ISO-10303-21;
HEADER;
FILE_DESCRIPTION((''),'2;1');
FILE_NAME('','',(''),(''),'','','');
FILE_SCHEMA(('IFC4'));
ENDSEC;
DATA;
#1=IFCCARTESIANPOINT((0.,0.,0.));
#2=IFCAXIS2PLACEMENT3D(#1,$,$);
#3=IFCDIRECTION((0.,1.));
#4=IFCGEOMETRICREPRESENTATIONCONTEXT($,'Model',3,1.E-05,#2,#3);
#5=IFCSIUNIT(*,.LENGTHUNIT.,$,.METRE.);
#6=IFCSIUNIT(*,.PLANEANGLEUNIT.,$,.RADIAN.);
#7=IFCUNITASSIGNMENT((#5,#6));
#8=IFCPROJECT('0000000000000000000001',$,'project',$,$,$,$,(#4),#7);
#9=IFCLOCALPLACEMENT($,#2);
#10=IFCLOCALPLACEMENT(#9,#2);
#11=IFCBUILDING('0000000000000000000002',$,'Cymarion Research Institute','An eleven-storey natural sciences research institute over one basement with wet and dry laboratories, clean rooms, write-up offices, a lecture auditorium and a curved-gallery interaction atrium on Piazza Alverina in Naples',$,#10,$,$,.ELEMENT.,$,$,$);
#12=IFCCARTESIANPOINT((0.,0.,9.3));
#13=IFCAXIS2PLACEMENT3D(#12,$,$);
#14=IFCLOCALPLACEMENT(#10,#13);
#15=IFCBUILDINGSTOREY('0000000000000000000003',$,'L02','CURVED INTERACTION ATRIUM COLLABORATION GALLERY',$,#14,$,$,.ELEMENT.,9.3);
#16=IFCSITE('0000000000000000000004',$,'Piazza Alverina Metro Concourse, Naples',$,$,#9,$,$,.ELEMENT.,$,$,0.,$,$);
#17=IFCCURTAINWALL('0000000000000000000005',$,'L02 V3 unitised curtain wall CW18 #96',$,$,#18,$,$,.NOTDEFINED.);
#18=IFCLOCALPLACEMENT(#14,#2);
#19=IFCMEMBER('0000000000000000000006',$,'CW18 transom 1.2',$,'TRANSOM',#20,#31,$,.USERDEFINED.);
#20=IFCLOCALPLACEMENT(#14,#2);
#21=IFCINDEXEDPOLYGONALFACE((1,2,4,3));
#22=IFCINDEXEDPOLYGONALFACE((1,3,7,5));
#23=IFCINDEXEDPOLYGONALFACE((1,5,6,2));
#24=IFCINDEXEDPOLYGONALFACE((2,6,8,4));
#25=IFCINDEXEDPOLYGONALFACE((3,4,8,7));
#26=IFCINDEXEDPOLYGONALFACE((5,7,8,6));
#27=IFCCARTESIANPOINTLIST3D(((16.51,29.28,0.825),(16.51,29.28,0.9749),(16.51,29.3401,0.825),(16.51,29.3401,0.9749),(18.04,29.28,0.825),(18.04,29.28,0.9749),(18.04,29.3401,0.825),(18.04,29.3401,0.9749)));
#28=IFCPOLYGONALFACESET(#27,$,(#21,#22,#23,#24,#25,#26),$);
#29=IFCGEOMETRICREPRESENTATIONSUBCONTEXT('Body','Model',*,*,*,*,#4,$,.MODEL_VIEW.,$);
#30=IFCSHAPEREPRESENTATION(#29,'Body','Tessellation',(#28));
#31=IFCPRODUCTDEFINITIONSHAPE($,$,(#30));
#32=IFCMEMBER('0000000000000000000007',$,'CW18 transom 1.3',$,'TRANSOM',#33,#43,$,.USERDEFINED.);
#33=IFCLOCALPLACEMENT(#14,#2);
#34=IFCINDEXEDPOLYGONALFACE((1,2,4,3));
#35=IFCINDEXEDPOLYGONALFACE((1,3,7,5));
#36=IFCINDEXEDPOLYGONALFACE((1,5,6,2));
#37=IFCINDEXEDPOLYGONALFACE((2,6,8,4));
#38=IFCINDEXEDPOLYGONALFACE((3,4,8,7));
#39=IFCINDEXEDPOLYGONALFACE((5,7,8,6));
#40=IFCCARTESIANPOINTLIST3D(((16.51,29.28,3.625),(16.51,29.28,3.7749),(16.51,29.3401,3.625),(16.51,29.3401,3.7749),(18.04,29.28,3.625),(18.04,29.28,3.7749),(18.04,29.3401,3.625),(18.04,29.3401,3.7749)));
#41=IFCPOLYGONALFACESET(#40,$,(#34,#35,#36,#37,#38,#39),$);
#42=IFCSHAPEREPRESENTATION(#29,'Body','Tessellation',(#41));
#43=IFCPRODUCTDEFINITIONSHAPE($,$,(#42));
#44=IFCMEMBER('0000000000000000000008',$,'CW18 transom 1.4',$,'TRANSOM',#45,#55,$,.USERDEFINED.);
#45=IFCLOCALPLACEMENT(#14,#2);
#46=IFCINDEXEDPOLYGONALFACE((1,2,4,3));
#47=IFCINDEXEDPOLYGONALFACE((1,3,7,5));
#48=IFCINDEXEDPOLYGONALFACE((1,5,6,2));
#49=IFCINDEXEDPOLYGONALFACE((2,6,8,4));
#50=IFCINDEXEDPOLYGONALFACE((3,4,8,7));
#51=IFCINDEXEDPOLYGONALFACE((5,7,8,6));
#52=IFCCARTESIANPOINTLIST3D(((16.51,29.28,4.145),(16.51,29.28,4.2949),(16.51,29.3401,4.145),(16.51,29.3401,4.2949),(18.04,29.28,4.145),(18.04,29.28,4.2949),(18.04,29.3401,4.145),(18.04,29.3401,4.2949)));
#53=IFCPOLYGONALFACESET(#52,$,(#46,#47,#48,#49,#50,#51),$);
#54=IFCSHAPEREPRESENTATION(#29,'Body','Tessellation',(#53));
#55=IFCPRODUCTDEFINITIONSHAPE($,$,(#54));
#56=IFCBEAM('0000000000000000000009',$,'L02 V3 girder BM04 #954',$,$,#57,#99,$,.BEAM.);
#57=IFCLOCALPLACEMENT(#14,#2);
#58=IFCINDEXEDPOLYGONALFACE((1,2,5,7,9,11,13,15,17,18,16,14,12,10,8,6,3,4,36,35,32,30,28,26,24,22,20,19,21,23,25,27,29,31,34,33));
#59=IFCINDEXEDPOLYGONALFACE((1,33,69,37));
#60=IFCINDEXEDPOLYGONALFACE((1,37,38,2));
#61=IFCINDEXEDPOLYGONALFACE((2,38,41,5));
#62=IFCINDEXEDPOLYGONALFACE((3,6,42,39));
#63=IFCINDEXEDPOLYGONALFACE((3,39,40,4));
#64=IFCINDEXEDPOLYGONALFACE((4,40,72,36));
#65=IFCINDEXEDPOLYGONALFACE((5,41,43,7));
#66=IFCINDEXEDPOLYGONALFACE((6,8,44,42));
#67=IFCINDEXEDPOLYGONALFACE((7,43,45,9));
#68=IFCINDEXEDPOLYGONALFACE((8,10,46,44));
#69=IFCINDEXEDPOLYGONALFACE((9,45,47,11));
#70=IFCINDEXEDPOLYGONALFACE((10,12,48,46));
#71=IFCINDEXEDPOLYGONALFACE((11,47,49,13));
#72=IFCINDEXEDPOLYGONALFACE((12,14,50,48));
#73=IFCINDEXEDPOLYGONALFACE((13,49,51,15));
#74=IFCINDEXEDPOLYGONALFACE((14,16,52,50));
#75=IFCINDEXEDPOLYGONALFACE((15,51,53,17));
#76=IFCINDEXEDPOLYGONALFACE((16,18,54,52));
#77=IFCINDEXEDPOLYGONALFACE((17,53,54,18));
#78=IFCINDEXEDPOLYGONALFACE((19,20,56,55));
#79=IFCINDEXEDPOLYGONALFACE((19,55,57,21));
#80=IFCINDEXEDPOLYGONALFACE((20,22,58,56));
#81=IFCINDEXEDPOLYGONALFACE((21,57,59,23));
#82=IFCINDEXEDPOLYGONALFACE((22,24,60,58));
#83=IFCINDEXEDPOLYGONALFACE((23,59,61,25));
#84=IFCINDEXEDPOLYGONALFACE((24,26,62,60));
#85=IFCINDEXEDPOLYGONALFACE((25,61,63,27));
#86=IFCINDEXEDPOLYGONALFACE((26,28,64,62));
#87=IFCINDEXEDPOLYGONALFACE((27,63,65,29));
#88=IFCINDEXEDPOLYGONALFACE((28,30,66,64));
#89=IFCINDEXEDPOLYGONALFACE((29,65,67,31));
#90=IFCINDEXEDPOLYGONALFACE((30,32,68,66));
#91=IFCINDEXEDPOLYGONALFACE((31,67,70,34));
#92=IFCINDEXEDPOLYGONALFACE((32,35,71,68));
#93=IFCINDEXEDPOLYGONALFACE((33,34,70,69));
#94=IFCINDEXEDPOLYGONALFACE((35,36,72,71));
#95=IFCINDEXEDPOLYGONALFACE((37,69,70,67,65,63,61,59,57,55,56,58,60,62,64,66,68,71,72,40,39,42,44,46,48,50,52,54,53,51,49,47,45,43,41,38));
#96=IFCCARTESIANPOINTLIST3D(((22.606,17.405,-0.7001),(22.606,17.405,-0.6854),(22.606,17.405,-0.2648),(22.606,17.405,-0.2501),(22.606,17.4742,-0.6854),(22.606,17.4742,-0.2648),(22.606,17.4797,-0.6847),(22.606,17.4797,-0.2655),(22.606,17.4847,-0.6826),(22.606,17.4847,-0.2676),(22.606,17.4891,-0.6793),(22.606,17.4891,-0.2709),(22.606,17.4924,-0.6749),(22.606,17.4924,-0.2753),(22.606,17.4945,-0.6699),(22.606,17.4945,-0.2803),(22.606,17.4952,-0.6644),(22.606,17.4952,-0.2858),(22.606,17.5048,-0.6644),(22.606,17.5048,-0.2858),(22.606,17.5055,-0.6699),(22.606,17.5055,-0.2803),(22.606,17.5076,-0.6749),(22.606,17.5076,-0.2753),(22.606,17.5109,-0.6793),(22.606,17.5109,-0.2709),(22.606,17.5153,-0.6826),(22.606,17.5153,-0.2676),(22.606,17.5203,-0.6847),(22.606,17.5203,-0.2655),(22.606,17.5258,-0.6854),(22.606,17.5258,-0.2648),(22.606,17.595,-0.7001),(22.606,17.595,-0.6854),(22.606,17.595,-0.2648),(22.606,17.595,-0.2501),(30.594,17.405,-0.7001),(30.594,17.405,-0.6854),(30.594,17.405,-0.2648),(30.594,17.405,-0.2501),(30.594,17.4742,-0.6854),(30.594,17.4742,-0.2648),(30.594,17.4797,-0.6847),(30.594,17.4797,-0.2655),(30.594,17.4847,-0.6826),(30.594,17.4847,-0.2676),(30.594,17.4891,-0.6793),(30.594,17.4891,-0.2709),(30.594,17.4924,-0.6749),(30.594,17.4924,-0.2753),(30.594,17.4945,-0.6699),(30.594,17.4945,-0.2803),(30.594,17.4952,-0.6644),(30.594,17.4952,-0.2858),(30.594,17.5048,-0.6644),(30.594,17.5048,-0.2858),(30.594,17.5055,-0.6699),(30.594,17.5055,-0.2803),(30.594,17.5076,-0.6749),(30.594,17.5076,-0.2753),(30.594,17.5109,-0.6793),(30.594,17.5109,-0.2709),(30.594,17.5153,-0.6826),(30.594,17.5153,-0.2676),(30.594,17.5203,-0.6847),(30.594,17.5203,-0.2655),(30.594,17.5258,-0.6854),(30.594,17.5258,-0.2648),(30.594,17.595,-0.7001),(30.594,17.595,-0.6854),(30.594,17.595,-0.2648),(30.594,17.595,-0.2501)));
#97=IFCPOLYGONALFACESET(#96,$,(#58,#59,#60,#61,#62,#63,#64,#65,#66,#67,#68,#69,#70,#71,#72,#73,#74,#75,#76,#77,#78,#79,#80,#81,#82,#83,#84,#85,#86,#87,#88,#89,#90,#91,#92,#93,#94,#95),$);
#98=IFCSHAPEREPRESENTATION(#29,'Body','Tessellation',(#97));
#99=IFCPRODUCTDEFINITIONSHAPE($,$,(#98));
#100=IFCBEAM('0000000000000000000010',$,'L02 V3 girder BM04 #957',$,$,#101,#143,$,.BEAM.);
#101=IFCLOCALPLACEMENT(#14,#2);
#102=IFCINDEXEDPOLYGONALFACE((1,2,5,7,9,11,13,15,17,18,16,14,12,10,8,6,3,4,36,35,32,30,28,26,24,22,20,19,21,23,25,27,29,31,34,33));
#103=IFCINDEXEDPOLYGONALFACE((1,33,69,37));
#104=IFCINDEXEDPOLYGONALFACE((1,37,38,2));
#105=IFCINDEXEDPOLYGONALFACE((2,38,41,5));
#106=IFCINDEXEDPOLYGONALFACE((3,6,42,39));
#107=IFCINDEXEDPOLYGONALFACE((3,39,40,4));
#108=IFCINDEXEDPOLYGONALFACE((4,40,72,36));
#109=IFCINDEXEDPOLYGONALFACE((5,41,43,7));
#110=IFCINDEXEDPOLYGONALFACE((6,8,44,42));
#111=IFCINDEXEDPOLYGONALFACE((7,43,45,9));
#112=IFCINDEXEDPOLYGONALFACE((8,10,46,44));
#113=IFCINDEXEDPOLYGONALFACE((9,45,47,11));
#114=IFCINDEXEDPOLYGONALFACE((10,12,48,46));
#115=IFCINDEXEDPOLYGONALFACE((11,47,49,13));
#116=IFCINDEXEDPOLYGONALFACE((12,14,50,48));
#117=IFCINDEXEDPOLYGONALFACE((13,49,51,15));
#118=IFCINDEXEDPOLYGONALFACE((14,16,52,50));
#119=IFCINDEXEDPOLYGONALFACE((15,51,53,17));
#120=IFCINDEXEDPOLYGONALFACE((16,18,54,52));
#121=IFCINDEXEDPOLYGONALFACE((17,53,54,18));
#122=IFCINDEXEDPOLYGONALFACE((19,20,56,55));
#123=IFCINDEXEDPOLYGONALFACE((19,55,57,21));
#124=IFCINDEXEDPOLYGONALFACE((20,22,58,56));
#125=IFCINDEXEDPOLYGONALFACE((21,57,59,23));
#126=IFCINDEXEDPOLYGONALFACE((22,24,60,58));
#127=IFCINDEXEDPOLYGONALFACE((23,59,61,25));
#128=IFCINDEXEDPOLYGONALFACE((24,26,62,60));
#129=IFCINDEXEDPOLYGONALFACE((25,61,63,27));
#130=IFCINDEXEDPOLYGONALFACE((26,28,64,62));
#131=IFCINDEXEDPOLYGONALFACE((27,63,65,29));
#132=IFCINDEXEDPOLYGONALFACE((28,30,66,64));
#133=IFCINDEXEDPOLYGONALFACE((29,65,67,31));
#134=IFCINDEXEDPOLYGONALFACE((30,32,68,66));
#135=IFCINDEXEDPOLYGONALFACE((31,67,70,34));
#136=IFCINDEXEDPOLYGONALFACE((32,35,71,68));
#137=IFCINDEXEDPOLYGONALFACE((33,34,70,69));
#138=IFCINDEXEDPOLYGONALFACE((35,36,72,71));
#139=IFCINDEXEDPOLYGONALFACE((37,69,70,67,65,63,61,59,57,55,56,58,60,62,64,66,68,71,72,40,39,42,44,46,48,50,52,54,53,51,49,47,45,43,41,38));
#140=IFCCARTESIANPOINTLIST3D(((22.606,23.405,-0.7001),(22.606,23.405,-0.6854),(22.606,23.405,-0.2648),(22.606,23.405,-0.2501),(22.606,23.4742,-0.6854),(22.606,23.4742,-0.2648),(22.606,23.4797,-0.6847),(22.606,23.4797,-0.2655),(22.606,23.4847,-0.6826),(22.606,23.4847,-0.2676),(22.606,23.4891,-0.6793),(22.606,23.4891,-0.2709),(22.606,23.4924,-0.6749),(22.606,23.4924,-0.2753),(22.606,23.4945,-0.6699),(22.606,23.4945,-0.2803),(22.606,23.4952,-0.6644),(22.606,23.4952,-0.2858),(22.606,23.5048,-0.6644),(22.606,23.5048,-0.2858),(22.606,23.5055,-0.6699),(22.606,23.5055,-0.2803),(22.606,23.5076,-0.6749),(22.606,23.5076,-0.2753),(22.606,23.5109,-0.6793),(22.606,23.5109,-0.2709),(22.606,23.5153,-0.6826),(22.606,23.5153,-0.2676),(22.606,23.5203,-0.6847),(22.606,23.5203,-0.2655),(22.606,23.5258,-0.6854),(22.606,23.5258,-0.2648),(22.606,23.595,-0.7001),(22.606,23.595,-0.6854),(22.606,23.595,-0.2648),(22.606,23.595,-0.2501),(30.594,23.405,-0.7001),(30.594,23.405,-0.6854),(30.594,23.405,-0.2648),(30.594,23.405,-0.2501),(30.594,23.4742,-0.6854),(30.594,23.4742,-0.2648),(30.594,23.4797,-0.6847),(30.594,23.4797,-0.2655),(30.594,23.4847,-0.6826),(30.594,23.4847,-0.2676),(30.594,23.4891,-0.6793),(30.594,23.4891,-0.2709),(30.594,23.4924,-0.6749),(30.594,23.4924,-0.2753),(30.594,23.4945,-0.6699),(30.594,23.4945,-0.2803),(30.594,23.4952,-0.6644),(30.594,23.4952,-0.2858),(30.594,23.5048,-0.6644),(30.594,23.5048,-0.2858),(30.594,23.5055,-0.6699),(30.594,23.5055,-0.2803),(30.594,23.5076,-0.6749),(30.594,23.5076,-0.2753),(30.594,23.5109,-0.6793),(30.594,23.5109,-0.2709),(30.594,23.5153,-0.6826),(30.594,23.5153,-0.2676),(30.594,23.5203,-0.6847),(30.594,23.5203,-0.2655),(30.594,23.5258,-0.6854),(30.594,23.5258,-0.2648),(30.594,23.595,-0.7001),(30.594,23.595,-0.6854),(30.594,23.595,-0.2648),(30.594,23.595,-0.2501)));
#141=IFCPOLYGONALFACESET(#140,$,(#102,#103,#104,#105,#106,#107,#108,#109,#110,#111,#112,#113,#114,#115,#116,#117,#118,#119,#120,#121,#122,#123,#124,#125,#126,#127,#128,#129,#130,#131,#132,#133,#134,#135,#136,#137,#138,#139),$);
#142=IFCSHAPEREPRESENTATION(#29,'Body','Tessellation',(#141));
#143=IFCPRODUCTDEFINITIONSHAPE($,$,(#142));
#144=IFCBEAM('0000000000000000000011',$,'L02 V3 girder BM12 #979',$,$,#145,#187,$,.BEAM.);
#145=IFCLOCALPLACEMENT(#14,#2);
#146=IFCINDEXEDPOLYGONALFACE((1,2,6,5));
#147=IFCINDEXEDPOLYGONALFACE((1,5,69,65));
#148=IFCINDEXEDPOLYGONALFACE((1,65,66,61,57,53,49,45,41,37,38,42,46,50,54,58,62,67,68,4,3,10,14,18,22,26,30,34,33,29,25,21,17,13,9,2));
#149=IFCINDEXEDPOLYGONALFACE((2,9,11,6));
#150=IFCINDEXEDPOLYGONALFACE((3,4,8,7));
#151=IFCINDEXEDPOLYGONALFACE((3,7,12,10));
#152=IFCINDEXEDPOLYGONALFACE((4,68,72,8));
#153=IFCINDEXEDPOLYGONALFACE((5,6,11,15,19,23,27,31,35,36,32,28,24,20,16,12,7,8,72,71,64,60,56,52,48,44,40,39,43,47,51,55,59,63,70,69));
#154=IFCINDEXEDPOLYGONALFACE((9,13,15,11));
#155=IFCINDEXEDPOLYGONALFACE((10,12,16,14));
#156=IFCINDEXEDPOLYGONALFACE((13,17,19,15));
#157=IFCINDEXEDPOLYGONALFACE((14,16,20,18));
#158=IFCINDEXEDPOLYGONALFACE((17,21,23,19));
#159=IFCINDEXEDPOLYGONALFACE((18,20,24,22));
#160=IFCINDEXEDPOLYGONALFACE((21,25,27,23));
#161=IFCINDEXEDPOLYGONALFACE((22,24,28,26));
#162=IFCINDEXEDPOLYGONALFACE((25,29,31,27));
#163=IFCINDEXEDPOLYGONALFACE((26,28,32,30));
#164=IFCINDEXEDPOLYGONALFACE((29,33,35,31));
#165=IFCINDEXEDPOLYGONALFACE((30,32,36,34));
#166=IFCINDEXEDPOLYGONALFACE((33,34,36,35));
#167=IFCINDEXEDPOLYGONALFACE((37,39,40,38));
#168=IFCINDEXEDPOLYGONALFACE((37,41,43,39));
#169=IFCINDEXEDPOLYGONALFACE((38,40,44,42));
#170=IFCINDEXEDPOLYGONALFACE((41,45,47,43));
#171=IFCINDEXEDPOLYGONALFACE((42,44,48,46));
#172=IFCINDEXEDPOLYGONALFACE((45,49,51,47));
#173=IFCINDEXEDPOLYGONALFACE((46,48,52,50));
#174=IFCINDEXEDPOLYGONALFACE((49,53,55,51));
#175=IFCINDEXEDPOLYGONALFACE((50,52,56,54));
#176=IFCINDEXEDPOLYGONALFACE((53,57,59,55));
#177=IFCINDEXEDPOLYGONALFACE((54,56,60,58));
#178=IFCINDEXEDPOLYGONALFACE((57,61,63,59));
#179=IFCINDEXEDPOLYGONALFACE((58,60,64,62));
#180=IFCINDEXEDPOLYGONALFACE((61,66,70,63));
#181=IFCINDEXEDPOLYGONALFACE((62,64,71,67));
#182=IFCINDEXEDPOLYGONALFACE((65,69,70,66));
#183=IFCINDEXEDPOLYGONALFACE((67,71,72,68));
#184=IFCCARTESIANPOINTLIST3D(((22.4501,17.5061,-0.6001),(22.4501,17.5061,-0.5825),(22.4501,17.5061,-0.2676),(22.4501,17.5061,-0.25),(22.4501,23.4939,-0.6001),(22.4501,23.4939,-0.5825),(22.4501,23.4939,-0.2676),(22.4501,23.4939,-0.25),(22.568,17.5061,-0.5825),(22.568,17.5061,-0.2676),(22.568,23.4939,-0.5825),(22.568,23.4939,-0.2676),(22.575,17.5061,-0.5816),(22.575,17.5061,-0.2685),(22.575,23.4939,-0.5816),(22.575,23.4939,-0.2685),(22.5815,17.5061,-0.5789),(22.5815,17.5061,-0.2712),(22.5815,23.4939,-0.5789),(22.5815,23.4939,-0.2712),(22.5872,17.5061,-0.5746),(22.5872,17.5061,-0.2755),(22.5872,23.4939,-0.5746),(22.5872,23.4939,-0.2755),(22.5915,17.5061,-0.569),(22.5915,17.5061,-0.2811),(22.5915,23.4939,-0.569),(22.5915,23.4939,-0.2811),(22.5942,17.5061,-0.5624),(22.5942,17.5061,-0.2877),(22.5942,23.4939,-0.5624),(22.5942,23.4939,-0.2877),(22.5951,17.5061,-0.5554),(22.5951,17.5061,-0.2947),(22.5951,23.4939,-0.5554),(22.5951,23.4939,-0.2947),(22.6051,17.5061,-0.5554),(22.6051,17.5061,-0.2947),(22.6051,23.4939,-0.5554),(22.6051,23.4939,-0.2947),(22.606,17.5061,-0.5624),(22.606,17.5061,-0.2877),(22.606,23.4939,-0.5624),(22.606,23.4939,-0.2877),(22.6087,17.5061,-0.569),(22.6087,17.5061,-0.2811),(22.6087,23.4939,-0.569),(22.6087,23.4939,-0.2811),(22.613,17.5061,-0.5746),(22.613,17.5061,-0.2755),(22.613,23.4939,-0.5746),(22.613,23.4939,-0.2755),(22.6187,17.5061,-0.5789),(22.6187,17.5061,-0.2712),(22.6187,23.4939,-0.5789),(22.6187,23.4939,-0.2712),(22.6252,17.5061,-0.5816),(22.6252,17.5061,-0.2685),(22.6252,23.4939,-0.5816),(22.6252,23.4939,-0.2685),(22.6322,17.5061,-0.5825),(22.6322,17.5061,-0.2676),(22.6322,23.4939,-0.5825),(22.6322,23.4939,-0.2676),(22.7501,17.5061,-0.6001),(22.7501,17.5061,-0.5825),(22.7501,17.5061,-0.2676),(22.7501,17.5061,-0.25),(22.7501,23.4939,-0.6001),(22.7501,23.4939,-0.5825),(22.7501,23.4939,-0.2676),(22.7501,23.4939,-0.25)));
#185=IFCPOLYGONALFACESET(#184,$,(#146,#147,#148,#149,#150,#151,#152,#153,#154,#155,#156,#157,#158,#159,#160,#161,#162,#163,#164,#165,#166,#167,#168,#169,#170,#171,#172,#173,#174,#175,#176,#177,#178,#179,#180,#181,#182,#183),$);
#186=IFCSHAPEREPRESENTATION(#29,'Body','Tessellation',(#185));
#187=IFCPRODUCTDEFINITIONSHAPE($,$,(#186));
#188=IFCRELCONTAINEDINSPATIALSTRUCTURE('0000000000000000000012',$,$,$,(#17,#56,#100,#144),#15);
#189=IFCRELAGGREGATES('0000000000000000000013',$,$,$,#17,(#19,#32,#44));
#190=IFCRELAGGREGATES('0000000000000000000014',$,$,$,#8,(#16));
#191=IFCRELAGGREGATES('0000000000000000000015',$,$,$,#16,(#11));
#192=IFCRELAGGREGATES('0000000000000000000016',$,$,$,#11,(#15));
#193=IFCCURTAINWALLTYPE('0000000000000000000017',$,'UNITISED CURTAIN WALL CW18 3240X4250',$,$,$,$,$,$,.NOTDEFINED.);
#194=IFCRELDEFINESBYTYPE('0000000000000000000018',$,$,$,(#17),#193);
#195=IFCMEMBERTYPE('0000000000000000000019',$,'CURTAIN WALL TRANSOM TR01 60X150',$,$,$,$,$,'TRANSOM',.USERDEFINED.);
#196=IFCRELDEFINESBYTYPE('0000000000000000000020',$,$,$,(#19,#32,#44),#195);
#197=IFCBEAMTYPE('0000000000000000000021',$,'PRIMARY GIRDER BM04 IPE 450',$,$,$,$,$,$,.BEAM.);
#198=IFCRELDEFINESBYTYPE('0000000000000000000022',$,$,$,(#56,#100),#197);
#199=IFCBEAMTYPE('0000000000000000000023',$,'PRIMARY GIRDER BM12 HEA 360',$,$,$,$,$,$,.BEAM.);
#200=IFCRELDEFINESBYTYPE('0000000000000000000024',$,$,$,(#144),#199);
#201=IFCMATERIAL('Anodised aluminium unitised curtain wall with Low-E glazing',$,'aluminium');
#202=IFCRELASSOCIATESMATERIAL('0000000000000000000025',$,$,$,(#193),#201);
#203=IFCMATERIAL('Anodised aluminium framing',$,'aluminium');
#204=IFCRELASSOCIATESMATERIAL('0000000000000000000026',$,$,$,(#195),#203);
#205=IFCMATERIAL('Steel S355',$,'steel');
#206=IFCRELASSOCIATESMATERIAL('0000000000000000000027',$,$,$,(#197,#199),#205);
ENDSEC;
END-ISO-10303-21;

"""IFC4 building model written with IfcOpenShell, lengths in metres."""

from ifc_helpers import new_model, si_unit, direction, frame, origin, origin_2d, place, context, subcontext, project, spatial, rectangle, i_section, extrude, material, material_profile, profile_set, type_object, element, aggregate, save


model = new_model("IFC4")

# Units and contexts
model_context = context("Model", 3, precision=1e-05, world=origin(), true_north=direction((0.0, 1.0)))
body_context = subcontext(model_context, "Body", "Model", "MODEL_VIEW")
ifc_project = project(units=[si_unit("LENGTHUNIT", "METRE"), si_unit("PLANEANGLEUNIT", "RADIAN")], contexts=[model_context])

# Site, building, storey
site_placement = place(None, origin())
site = spatial("IfcSite", under=ifc_project, at=site_placement, Name="Piazza Alverina Metro Concourse, Naples", CompositionType="ELEMENT", RefElevation=0.0)
building_placement = place(site_placement, origin())
building = spatial("IfcBuilding", under=site, at=building_placement, Name="Cymarion Research Institute", Description="An eleven-storey natural sciences research institute over one basement with wet and dry laboratories, clean rooms, write-up offices, a lecture auditorium and a curved-gallery interaction atrium on Piazza Alverina in Naples", CompositionType="ELEMENT")
storey_placement = place(building_placement, frame((0.0, 0.0, 9.3)))
storey = spatial("IfcBuildingStorey", under=building, at=storey_placement, Name="L02", Description="CURVED INTERACTION ATRIUM COLLABORATION GALLERY", CompositionType="ELEMENT", Elevation=9.3)

# Shared definitions
ifc_material_1 = material(Name="Steel S355", Category="steel")

# Shared definitions
ifc_material_2 = material(Name="Anodised aluminium unitised curtain wall with Low-E glazing", Category="aluminium")
ifc_material_3 = material(Name="Anodised aluminium framing", Category="aluminium")

# Curtain wall
curtain_wall_type_1 = type_object("IfcCurtainWallType", Name="UNITISED CURTAIN WALL CW18 3240X4250", PredefinedType="NOTDEFINED", material=ifc_material_2)
curtain_wall_1_placement = place(storey_placement, origin())
curtain_wall_1 = element("IfcCurtainWall", 1, at=curtain_wall_1_placement, inside=storey, type_object=curtain_wall_type_1, Name="L02 V3 unitised curtain wall CW18 #96", PredefinedType="NOTDEFINED")

# Members
ifc_material_profile_1 = material_profile(ifc_material_3, rectangle(XDim=0.0601, YDim=0.1499, at=origin_2d()), Name="ALU TRANSOM 60x150")
ifc_profile_set_1 = profile_set([ifc_material_profile_1], Name="Anodised aluminium framing")
member_type_1 = type_object("IfcMemberType", Name="CURTAIN WALL TRANSOM TR01 60X150", ElementType="TRANSOM", PredefinedType="USERDEFINED", material=ifc_profile_set_1)
member_1_placement = place(storey_placement, frame((18.04, 29.3101, 0.8999), z_axis=(-1.0, 0.0, 0.0), x_axis=(0.0, -1.0, 0.0)))
member_1 = element("IfcMember", 2, at=member_1_placement, type_object=member_type_1, Name="CW18 transom 1.2", ObjectType="TRANSOM", PredefinedType="USERDEFINED", context=body_context, shape_type="SweptSolid", body=[
    extrude(rectangle(XDim=0.0601, YDim=0.1499, at=origin_2d()), origin(), (0.0, 0.0, 1.0), 1.53),
])
member_2_placement = place(storey_placement, frame((18.04, 29.3101, 3.7), z_axis=(-1.0, 0.0, 0.0), x_axis=(0.0, -1.0, 0.0)))
member_2 = element("IfcMember", 3, at=member_2_placement, type_object=member_type_1, Name="CW18 transom 1.3", ObjectType="TRANSOM", PredefinedType="USERDEFINED", context=body_context, shape_type="SweptSolid", body=[
    extrude(rectangle(XDim=0.0601, YDim=0.1499, at=origin_2d()), origin(), (0.0, 0.0, 1.0), 1.53),
])
member_3_placement = place(storey_placement, frame((18.04, 29.3101, 4.22), z_axis=(-1.0, 0.0, 0.0), x_axis=(0.0, -1.0, 0.0)))
member_3 = element("IfcMember", 4, at=member_3_placement, type_object=member_type_1, Name="CW18 transom 1.4", ObjectType="TRANSOM", PredefinedType="USERDEFINED", context=body_context, shape_type="SweptSolid", body=[
    extrude(rectangle(XDim=0.0601, YDim=0.1499, at=origin_2d()), origin(), (0.0, 0.0, 1.0), 1.53),
])
aggregate(curtain_wall_1, [member_1, member_2, member_3])

# Beams
ifc_material_profile_2 = material_profile(ifc_material_1, i_section(OverallWidth=0.1899, OverallDepth=0.45, WebThickness=0.0095, FlangeThickness=0.0146, FilletRadius=0.021, at=origin_2d()), Name="IPE 450")
ifc_profile_set_2 = profile_set([ifc_material_profile_2], Name="Steel S355")
beam_type_1 = type_object("IfcBeamType", Name="PRIMARY GIRDER BM04 IPE 450", PredefinedType="BEAM", material=ifc_profile_set_2)
for number, where, z_axis, x_axis, name in (
    (5, (22.606, 17.5, -0.4751), (1.0, 0.0, 0.0), (0.0, 1.0, 0.0), "L02 V3 girder BM04 #954"),
    (6, (22.606, 23.5, -0.4751), (1.0, 0.0, 0.0), (0.0, 1.0, 0.0), "L02 V3 girder BM04 #957"),
):
    element("IfcBeam", number, at=place(storey_placement, frame(where, z_axis=z_axis, x_axis=x_axis)), inside=storey, type_object=beam_type_1, Name=name, PredefinedType="BEAM", context=body_context, shape_type="SweptSolid", body=[
        extrude(i_section(OverallWidth=0.1899, OverallDepth=0.45, WebThickness=0.0095, FlangeThickness=0.0146, FilletRadius=0.021, at=origin_2d()), origin(), (0.0, 0.0, 1.0), 7.988),
    ])
ifc_material_profile_3 = material_profile(ifc_material_1, i_section(OverallWidth=0.3, OverallDepth=0.3501, WebThickness=0.01, FlangeThickness=0.0176, FilletRadius=0.0271, at=origin_2d()), Name="HEA 360")
ifc_profile_set_3 = profile_set([ifc_material_profile_3], Name="Steel S355")
beam_type_2 = type_object("IfcBeamType", Name="PRIMARY GIRDER BM12 HEA 360", PredefinedType="BEAM", material=ifc_profile_set_3)
for number, where, z_axis, x_axis, name in (
    (7, (22.6001, 17.5061, -0.425), (0.0, 1.0, 0.0), (-1.0, 0.0, 0.0), "L02 V3 girder BM12 #979"),
):
    element("IfcBeam", number, at=place(storey_placement, frame(where, z_axis=z_axis, x_axis=x_axis)), inside=storey, type_object=beam_type_2, Name=name, PredefinedType="BEAM", context=body_context, shape_type="SweptSolid", body=[
        extrude(i_section(OverallWidth=0.3, OverallDepth=0.3501, WebThickness=0.01, FlangeThickness=0.0176, FilletRadius=0.0271, at=origin_2d()), origin(), (0.0, 0.0, 1.0), 5.9878),
    ])

save(model, "model.ifc")
